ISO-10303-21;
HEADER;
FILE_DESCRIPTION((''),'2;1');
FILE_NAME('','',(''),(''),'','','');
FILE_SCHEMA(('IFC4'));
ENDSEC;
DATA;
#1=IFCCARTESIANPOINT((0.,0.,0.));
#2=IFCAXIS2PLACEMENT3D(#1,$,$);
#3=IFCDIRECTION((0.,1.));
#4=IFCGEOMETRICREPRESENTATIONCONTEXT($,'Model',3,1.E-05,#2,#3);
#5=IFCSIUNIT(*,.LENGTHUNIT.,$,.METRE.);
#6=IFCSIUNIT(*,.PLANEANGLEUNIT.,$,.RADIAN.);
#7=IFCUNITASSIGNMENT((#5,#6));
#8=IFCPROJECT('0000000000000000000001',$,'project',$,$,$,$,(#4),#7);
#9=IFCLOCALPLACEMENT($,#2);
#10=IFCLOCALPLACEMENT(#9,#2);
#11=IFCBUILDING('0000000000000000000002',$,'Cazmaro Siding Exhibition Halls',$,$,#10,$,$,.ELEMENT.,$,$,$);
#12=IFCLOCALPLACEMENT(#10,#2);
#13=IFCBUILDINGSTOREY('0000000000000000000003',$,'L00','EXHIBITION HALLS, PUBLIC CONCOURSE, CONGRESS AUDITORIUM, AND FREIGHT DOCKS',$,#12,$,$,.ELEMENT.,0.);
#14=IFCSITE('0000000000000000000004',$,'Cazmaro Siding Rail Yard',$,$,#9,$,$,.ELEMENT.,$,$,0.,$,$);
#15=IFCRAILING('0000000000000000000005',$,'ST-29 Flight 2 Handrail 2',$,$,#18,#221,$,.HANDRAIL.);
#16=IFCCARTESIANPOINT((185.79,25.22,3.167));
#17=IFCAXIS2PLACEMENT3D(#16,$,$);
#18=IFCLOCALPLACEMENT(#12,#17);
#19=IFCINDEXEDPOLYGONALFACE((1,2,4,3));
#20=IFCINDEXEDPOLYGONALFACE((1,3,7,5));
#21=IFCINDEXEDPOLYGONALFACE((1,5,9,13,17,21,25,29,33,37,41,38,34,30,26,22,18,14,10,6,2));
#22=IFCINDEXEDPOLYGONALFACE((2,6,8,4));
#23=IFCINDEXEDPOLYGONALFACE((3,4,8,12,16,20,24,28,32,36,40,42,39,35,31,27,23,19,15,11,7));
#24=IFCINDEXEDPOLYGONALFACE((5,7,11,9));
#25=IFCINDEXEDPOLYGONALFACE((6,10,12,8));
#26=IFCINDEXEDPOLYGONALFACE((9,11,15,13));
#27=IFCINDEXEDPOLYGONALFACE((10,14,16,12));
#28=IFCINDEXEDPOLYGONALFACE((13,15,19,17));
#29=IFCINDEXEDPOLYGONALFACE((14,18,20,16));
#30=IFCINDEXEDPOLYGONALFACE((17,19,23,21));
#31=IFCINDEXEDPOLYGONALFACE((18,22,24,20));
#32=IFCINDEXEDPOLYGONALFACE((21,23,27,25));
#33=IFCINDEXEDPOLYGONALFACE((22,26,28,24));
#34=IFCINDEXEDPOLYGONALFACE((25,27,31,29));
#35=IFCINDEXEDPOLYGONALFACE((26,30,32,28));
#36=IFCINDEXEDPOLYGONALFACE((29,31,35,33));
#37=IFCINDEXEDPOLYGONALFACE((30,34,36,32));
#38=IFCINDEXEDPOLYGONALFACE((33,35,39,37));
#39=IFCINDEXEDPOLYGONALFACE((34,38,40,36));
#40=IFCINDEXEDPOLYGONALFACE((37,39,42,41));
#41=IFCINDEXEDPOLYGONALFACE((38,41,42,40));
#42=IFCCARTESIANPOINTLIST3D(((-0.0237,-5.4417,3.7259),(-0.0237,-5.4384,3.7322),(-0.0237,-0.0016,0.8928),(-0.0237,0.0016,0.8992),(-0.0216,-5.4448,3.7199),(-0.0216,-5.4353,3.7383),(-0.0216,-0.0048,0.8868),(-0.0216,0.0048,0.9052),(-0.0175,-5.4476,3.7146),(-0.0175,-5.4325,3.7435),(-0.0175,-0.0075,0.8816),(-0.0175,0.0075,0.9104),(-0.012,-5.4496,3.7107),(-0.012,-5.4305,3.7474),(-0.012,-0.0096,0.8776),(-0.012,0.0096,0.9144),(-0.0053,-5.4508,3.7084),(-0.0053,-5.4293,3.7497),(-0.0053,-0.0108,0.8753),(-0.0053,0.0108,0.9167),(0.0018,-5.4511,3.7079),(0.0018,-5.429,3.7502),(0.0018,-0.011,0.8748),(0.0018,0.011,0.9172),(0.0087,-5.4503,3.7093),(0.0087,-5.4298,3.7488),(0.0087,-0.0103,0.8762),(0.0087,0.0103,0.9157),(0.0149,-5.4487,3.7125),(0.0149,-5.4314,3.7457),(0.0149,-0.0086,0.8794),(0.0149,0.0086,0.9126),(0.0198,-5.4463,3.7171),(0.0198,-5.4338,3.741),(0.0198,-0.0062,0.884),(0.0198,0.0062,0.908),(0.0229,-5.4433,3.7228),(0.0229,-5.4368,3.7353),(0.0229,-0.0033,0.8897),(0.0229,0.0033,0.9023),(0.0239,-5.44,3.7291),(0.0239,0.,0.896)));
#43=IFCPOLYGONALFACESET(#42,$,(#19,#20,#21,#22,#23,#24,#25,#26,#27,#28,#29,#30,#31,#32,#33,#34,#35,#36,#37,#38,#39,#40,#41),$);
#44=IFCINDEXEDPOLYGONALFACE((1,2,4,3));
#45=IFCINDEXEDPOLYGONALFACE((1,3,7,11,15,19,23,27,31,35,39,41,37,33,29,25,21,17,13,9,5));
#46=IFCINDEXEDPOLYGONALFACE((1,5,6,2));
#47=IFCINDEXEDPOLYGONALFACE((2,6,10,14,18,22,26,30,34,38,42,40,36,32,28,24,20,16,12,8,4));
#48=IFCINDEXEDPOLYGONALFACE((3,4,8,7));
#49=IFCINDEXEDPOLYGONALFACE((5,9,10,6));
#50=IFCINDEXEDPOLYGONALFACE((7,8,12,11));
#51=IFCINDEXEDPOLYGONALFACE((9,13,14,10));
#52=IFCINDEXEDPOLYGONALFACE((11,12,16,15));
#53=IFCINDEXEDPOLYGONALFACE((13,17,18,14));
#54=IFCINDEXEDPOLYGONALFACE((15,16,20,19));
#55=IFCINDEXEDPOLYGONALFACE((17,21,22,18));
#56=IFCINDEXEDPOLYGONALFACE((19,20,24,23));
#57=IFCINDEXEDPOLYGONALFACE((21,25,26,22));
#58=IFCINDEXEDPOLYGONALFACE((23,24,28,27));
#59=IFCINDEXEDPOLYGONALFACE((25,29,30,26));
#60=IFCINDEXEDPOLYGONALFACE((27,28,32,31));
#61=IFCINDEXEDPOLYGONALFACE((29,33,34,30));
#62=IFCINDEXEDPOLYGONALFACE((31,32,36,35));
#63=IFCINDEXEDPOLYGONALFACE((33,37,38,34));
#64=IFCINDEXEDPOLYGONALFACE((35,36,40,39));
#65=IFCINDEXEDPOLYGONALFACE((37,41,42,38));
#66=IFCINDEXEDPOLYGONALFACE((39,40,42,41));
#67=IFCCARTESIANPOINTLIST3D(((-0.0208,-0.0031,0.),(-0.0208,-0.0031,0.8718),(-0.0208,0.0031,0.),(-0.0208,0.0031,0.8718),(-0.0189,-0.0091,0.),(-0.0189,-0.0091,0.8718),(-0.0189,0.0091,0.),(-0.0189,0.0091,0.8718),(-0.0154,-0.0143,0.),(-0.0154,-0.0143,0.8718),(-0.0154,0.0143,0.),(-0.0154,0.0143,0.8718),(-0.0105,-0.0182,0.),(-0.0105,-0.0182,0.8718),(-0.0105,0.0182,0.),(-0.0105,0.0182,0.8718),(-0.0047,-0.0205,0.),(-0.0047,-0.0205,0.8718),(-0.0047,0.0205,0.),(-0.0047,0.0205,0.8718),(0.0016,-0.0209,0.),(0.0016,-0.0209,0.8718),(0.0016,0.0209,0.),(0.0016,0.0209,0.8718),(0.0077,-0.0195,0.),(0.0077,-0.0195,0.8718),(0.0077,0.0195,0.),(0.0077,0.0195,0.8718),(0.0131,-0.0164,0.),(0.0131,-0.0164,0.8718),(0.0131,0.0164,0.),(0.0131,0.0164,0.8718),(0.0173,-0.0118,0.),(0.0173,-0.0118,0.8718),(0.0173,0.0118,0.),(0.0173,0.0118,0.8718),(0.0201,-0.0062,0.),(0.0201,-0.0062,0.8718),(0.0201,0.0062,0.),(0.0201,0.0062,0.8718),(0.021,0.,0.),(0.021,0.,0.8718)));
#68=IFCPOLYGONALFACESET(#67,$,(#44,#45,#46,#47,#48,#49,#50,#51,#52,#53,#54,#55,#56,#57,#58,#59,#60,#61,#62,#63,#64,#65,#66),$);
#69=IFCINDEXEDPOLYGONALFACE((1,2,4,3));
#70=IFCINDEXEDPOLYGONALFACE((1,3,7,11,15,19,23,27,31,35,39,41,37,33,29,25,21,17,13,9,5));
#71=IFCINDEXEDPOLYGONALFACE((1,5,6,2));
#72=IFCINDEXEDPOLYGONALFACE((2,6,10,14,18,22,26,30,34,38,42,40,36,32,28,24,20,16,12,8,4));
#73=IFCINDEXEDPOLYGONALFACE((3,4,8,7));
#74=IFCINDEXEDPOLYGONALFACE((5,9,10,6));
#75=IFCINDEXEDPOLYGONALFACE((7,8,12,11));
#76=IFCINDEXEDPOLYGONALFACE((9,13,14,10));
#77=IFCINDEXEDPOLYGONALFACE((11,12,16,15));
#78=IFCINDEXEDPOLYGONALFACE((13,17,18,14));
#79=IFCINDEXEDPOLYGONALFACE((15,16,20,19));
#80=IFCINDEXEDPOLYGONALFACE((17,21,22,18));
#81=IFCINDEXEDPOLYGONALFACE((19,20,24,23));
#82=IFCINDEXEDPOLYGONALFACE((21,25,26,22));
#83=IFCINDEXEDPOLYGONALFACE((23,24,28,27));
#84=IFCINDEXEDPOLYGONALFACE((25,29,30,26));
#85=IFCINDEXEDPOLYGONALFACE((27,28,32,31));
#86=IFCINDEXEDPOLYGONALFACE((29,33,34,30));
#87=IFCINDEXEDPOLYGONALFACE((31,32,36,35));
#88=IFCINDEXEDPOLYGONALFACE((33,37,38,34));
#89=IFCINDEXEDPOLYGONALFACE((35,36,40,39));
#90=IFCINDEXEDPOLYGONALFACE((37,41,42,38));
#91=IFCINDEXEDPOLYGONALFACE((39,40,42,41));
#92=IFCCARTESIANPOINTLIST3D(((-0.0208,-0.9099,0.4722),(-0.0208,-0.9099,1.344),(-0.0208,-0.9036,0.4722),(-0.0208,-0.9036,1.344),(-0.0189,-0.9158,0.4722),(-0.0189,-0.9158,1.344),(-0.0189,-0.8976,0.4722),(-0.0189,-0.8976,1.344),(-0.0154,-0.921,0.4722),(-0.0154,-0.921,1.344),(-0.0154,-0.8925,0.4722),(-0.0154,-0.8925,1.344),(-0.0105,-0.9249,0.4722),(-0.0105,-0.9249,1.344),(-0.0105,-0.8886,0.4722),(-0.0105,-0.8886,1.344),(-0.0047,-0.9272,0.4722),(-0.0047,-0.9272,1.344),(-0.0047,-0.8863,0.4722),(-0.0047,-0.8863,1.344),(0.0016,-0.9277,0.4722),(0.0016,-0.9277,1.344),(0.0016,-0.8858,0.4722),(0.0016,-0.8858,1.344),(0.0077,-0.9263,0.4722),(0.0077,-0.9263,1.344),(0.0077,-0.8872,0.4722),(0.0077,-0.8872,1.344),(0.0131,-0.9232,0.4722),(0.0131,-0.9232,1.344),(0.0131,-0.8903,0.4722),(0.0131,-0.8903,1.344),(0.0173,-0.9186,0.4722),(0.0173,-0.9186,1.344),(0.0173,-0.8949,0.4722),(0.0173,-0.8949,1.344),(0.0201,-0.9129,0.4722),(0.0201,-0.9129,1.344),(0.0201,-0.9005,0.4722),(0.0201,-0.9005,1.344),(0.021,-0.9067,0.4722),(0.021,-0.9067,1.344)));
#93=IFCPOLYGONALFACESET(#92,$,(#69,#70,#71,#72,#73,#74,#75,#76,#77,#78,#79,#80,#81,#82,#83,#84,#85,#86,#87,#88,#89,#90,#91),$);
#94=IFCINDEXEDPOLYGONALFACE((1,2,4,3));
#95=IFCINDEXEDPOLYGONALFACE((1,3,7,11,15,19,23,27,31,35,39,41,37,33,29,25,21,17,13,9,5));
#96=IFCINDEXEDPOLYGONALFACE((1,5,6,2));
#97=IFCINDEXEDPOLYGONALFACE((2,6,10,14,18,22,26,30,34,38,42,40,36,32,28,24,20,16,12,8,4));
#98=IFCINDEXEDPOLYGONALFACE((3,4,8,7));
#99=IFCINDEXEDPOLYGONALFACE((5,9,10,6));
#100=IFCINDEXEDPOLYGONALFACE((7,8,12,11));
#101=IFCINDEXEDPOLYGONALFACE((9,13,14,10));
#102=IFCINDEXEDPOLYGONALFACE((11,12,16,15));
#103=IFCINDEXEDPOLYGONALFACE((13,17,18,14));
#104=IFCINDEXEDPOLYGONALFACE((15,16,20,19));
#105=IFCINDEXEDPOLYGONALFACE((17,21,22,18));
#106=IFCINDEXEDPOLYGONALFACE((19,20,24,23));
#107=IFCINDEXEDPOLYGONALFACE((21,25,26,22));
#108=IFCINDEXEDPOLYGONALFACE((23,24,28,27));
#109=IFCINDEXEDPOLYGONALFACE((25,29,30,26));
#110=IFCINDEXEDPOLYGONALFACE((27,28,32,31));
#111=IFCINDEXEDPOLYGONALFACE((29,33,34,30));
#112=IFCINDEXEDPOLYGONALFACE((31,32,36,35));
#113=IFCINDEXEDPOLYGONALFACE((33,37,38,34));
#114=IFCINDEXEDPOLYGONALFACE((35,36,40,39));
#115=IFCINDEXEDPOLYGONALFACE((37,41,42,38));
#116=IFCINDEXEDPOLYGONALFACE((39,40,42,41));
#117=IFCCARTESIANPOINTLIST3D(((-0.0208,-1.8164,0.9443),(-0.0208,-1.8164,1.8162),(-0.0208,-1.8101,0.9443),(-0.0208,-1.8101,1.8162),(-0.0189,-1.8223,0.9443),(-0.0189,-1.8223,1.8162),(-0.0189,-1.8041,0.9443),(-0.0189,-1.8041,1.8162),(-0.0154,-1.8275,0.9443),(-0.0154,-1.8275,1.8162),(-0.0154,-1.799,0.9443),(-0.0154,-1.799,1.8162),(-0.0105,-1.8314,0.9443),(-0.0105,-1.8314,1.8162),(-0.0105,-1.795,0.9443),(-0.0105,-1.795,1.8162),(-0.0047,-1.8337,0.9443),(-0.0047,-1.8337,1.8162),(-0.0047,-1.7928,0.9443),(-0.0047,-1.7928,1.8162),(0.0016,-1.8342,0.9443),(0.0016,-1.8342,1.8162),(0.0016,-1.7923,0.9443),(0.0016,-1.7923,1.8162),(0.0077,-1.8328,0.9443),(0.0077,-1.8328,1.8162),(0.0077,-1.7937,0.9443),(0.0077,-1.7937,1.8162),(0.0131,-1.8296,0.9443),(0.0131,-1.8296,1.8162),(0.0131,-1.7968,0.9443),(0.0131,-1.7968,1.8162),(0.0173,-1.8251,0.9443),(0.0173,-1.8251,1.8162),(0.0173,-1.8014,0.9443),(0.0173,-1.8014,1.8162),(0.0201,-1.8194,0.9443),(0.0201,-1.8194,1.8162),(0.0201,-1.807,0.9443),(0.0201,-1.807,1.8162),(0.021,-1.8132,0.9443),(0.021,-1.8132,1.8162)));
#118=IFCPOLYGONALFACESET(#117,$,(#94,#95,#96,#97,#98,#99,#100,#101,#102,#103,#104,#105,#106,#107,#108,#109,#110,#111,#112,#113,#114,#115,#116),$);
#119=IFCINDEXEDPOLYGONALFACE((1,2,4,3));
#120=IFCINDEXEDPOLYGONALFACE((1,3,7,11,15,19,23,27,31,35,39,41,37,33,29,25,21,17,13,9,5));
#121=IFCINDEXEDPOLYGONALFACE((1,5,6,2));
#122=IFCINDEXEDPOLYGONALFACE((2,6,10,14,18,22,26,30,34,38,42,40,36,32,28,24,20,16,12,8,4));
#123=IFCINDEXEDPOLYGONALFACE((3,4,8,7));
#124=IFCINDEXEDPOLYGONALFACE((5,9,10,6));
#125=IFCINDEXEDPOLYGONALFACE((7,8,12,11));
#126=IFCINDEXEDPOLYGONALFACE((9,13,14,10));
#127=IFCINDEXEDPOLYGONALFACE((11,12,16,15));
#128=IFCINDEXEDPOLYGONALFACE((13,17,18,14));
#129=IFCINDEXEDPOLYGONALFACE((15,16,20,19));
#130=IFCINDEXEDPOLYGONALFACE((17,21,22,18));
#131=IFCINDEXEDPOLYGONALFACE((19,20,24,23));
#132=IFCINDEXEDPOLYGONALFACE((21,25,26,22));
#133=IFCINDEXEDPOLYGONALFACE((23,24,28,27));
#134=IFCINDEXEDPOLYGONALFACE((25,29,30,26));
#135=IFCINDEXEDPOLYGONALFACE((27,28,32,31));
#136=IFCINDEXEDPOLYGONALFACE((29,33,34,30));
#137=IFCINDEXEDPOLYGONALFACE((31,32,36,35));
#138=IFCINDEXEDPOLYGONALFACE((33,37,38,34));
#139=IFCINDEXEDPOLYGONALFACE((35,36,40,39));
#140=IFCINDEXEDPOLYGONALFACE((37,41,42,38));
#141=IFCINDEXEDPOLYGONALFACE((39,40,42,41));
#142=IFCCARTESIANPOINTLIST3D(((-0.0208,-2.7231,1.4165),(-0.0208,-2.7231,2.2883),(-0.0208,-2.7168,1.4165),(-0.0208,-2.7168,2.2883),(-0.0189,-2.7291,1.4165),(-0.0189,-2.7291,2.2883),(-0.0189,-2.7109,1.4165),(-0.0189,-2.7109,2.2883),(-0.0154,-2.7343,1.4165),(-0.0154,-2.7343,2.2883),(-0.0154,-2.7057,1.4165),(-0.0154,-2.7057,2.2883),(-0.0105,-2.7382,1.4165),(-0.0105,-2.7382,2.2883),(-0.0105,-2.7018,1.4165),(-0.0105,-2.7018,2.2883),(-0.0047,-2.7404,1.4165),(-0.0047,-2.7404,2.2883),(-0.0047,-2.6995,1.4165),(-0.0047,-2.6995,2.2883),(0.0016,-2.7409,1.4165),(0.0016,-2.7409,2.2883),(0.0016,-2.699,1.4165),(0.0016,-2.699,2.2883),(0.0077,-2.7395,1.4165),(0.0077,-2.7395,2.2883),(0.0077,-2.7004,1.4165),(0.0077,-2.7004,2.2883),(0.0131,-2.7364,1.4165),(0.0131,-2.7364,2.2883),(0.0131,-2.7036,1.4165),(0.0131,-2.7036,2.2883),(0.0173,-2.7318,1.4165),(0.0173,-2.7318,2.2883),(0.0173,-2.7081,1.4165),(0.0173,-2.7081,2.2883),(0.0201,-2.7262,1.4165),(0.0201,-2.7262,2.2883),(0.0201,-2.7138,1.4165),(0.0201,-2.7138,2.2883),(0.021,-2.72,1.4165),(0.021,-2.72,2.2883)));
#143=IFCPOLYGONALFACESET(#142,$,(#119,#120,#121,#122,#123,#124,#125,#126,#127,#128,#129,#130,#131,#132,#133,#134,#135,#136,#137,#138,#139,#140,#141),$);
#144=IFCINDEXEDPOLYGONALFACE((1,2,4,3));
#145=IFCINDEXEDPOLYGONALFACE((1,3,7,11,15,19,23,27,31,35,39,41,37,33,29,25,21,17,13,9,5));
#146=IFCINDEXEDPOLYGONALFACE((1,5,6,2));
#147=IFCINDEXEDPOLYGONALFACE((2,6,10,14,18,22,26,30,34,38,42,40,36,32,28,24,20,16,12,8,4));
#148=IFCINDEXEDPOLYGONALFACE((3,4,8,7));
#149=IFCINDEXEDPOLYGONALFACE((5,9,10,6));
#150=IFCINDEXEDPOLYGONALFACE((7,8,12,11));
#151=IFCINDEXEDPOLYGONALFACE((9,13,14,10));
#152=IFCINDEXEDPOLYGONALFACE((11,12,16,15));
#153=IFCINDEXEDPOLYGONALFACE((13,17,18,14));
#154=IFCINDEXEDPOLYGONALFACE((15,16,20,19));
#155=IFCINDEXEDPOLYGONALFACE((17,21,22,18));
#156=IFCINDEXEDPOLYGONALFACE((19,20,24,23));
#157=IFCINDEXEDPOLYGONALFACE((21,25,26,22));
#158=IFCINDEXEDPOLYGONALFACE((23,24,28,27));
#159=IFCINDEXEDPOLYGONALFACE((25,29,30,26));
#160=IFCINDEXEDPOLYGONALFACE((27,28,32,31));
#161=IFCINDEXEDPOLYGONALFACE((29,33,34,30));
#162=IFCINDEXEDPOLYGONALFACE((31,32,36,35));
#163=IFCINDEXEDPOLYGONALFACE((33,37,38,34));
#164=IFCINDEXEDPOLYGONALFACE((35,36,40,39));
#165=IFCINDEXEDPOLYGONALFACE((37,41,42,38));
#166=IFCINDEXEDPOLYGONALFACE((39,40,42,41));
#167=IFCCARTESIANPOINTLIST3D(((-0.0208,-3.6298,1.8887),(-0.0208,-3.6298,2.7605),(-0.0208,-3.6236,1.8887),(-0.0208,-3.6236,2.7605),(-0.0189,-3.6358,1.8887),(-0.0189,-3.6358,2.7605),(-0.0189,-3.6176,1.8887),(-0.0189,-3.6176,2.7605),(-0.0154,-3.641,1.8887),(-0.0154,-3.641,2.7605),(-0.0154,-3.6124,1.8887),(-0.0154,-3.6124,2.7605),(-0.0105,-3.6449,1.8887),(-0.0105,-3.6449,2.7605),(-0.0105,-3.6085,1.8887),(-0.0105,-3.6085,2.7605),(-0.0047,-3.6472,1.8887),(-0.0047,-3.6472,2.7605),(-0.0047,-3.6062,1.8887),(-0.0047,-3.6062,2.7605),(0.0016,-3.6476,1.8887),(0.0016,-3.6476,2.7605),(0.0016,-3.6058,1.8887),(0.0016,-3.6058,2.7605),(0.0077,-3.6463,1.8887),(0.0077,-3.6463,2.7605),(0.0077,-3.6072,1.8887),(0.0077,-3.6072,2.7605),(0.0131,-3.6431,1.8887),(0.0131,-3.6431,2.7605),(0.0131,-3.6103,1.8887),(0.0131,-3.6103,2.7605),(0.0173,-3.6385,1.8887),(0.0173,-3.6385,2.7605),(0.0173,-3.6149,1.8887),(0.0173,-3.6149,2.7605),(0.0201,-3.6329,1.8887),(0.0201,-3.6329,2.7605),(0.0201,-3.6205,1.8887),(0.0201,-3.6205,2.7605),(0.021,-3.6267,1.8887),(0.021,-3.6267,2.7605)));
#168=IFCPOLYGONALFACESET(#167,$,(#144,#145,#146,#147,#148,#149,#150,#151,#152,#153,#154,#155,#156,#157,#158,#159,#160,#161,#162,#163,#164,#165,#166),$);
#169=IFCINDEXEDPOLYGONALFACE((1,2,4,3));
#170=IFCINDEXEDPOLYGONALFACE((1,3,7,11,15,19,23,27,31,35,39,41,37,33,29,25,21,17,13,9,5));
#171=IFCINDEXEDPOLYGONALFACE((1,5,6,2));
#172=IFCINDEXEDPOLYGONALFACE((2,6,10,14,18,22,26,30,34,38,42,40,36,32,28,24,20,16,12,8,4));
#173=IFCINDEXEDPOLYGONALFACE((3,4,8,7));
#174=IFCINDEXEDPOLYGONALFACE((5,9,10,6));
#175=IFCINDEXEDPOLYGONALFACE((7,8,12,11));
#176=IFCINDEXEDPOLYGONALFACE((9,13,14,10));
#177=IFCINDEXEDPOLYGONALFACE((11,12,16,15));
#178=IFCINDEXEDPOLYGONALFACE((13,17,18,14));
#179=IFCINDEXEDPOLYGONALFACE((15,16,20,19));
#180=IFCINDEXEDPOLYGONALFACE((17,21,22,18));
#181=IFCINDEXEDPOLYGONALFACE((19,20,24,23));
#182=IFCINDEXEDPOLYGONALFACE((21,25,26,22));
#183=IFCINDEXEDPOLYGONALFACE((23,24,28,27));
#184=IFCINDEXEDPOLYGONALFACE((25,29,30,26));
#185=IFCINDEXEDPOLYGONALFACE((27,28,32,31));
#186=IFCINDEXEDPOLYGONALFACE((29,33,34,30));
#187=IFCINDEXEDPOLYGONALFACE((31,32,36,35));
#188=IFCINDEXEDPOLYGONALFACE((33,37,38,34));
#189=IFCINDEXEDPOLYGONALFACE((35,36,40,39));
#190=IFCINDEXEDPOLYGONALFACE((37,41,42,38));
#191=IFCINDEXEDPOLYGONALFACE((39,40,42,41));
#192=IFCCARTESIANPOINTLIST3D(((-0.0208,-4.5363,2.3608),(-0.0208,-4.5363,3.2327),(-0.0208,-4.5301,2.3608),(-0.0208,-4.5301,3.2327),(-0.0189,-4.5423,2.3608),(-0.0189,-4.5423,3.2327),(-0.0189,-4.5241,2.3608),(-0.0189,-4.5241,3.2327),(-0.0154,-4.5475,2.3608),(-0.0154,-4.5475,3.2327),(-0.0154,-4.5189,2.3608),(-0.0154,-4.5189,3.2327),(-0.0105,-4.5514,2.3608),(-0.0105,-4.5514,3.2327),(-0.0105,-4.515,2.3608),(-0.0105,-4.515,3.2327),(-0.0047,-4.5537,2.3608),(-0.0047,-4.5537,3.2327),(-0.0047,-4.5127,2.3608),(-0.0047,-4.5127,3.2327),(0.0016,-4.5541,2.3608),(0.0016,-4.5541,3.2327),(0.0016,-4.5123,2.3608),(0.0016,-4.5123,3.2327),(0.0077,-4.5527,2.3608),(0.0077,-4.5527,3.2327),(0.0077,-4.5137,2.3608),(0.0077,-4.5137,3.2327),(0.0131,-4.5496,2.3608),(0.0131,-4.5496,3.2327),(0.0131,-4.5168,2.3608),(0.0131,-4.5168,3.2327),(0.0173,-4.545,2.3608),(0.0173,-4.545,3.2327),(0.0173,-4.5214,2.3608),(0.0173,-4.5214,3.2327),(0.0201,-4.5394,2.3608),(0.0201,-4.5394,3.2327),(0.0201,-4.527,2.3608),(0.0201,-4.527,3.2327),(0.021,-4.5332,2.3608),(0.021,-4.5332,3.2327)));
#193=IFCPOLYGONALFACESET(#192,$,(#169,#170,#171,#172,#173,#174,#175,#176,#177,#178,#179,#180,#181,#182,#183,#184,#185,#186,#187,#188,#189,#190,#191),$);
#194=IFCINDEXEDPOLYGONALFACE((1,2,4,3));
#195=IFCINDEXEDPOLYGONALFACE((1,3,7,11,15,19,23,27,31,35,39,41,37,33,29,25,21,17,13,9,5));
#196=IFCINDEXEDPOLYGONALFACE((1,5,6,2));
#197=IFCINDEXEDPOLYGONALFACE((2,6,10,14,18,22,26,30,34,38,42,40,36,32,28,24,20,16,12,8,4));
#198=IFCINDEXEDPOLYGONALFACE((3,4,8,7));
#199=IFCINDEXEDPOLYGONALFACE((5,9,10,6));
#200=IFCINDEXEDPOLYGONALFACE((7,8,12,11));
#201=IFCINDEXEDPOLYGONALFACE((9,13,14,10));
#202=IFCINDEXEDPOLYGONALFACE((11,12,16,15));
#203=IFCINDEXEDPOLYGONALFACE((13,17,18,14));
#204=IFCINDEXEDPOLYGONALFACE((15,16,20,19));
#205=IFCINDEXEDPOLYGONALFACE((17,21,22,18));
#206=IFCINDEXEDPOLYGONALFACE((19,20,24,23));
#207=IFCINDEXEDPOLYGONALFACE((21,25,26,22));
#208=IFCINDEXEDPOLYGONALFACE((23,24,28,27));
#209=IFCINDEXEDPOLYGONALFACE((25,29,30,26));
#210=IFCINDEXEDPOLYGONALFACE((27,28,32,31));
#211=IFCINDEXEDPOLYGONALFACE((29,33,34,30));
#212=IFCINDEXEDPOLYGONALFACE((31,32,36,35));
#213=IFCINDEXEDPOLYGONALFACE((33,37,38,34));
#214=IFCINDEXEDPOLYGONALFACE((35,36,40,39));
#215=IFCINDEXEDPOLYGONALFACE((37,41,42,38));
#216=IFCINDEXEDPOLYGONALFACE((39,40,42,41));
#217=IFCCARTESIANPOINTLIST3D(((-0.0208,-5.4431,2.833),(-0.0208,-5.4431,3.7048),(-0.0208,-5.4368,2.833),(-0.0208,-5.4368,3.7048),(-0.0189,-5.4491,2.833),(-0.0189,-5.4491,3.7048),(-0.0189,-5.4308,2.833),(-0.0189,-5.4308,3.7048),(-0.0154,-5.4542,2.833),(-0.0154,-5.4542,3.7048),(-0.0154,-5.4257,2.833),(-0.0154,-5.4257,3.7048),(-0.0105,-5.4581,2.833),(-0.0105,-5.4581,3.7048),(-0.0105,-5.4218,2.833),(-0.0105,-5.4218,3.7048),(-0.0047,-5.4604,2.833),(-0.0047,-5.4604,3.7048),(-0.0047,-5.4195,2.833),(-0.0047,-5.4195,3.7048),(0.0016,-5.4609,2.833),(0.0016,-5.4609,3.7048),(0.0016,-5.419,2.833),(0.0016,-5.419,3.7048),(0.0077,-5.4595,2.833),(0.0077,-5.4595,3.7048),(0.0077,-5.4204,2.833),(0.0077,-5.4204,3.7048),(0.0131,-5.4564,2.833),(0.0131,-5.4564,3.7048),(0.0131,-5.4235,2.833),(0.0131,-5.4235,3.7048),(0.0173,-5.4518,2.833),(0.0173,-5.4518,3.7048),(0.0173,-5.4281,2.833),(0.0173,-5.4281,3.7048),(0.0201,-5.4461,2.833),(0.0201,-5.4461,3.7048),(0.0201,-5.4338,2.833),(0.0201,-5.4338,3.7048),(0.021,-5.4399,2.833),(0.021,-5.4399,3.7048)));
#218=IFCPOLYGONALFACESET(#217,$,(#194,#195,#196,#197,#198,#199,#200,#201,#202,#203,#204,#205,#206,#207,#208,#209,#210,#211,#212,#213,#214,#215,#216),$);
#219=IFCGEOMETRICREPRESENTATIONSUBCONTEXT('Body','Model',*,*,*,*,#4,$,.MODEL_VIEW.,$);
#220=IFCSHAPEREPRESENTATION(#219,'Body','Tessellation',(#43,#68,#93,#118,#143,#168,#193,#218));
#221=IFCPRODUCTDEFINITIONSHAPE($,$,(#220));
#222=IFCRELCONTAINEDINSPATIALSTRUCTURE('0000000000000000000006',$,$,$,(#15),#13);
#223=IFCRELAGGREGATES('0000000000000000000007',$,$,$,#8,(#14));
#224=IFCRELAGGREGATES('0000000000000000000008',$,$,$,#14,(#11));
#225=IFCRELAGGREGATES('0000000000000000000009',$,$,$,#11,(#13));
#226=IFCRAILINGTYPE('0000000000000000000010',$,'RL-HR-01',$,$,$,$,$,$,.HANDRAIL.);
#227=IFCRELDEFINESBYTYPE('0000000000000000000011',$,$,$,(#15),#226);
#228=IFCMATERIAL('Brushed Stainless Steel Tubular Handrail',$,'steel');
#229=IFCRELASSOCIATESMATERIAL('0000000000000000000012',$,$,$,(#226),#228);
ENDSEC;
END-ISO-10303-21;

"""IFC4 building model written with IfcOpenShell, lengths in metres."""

from ifc_helpers import new_model, si_unit, direction, frame, origin, origin_2d, place, context, subcontext, project, spatial, circle, extrude, material, type_object, element, save


model = new_model("IFC4")

# Units and contexts
model_context = context("Model", 3, precision=1e-05, world=origin(), true_north=direction((0.0, 1.0)))
body_context = subcontext(model_context, "Body", "Model", "MODEL_VIEW")
ifc_project = project(units=[si_unit("LENGTHUNIT", "METRE"), si_unit("PLANEANGLEUNIT", "RADIAN")], contexts=[model_context])

# Site, building, storey
site_placement = place(None, origin())
site = spatial("IfcSite", under=ifc_project, at=site_placement, Name="Cazmaro Siding Rail Yard", CompositionType="ELEMENT", RefElevation=0.0)
building_placement = place(site_placement, origin())
building = spatial("IfcBuilding", under=site, at=building_placement, Name="Cazmaro Siding Exhibition Halls", CompositionType="ELEMENT")
storey_placement = place(building_placement, origin())
storey = spatial("IfcBuildingStorey", under=building, at=storey_placement, Name="L00", Description="EXHIBITION HALLS, PUBLIC CONCOURSE, CONGRESS AUDITORIUM, AND FREIGHT DOCKS", CompositionType="ELEMENT", Elevation=0.0)

# Railing
ifc_material_1 = material(Name="Brushed Stainless Steel Tubular Handrail", Category="steel")
railing_type_1 = type_object("IfcRailingType", Name="RL-HR-01", PredefinedType="HANDRAIL", material=ifc_material_1)
railing_1_placement = place(storey_placement, frame((185.79, 25.22, 3.167)))
element("IfcRailing", 1, at=railing_1_placement, inside=storey, type_object=railing_type_1, Name="ST-29 Flight 2 Handrail 2", PredefinedType="HANDRAIL", context=body_context, shape_type="SweptSolid", body=[
    extrude(circle(Radius=0.0239, at=origin_2d()), frame((0.0, 0.0, 0.896), z_axis=(0.0, -0.886934, 0.461897), x_axis=(1.0, 0.0, 0.0)), (0.0, 0.0, 1.0), 6.1335),
    extrude(circle(Radius=0.021, at=origin_2d()), origin(), (0.0, 0.0, 1.0), 0.8718),
    extrude(circle(Radius=0.021, at=origin_2d()), frame((0.0, -0.9067, 0.4722)), (0.0, 0.0, 1.0), 0.8718),
    extrude(circle(Radius=0.021, at=origin_2d()), frame((0.0, -1.8132, 0.9443)), (0.0, 0.0, 1.0), 0.8718),
    extrude(circle(Radius=0.021, at=origin_2d()), frame((0.0, -2.72, 1.4165)), (0.0, 0.0, 1.0), 0.8718),
    extrude(circle(Radius=0.021, at=origin_2d()), frame((0.0, -3.6267, 1.8887)), (0.0, 0.0, 1.0), 0.8718),
    extrude(circle(Radius=0.021, at=origin_2d()), frame((0.0, -4.5332, 2.3608)), (0.0, 0.0, 1.0), 0.8718),
    extrude(circle(Radius=0.021, at=origin_2d()), frame((0.0, -5.4399, 2.833)), (0.0, 0.0, 1.0), 0.8718),
])

save(model, "model.ifc")
